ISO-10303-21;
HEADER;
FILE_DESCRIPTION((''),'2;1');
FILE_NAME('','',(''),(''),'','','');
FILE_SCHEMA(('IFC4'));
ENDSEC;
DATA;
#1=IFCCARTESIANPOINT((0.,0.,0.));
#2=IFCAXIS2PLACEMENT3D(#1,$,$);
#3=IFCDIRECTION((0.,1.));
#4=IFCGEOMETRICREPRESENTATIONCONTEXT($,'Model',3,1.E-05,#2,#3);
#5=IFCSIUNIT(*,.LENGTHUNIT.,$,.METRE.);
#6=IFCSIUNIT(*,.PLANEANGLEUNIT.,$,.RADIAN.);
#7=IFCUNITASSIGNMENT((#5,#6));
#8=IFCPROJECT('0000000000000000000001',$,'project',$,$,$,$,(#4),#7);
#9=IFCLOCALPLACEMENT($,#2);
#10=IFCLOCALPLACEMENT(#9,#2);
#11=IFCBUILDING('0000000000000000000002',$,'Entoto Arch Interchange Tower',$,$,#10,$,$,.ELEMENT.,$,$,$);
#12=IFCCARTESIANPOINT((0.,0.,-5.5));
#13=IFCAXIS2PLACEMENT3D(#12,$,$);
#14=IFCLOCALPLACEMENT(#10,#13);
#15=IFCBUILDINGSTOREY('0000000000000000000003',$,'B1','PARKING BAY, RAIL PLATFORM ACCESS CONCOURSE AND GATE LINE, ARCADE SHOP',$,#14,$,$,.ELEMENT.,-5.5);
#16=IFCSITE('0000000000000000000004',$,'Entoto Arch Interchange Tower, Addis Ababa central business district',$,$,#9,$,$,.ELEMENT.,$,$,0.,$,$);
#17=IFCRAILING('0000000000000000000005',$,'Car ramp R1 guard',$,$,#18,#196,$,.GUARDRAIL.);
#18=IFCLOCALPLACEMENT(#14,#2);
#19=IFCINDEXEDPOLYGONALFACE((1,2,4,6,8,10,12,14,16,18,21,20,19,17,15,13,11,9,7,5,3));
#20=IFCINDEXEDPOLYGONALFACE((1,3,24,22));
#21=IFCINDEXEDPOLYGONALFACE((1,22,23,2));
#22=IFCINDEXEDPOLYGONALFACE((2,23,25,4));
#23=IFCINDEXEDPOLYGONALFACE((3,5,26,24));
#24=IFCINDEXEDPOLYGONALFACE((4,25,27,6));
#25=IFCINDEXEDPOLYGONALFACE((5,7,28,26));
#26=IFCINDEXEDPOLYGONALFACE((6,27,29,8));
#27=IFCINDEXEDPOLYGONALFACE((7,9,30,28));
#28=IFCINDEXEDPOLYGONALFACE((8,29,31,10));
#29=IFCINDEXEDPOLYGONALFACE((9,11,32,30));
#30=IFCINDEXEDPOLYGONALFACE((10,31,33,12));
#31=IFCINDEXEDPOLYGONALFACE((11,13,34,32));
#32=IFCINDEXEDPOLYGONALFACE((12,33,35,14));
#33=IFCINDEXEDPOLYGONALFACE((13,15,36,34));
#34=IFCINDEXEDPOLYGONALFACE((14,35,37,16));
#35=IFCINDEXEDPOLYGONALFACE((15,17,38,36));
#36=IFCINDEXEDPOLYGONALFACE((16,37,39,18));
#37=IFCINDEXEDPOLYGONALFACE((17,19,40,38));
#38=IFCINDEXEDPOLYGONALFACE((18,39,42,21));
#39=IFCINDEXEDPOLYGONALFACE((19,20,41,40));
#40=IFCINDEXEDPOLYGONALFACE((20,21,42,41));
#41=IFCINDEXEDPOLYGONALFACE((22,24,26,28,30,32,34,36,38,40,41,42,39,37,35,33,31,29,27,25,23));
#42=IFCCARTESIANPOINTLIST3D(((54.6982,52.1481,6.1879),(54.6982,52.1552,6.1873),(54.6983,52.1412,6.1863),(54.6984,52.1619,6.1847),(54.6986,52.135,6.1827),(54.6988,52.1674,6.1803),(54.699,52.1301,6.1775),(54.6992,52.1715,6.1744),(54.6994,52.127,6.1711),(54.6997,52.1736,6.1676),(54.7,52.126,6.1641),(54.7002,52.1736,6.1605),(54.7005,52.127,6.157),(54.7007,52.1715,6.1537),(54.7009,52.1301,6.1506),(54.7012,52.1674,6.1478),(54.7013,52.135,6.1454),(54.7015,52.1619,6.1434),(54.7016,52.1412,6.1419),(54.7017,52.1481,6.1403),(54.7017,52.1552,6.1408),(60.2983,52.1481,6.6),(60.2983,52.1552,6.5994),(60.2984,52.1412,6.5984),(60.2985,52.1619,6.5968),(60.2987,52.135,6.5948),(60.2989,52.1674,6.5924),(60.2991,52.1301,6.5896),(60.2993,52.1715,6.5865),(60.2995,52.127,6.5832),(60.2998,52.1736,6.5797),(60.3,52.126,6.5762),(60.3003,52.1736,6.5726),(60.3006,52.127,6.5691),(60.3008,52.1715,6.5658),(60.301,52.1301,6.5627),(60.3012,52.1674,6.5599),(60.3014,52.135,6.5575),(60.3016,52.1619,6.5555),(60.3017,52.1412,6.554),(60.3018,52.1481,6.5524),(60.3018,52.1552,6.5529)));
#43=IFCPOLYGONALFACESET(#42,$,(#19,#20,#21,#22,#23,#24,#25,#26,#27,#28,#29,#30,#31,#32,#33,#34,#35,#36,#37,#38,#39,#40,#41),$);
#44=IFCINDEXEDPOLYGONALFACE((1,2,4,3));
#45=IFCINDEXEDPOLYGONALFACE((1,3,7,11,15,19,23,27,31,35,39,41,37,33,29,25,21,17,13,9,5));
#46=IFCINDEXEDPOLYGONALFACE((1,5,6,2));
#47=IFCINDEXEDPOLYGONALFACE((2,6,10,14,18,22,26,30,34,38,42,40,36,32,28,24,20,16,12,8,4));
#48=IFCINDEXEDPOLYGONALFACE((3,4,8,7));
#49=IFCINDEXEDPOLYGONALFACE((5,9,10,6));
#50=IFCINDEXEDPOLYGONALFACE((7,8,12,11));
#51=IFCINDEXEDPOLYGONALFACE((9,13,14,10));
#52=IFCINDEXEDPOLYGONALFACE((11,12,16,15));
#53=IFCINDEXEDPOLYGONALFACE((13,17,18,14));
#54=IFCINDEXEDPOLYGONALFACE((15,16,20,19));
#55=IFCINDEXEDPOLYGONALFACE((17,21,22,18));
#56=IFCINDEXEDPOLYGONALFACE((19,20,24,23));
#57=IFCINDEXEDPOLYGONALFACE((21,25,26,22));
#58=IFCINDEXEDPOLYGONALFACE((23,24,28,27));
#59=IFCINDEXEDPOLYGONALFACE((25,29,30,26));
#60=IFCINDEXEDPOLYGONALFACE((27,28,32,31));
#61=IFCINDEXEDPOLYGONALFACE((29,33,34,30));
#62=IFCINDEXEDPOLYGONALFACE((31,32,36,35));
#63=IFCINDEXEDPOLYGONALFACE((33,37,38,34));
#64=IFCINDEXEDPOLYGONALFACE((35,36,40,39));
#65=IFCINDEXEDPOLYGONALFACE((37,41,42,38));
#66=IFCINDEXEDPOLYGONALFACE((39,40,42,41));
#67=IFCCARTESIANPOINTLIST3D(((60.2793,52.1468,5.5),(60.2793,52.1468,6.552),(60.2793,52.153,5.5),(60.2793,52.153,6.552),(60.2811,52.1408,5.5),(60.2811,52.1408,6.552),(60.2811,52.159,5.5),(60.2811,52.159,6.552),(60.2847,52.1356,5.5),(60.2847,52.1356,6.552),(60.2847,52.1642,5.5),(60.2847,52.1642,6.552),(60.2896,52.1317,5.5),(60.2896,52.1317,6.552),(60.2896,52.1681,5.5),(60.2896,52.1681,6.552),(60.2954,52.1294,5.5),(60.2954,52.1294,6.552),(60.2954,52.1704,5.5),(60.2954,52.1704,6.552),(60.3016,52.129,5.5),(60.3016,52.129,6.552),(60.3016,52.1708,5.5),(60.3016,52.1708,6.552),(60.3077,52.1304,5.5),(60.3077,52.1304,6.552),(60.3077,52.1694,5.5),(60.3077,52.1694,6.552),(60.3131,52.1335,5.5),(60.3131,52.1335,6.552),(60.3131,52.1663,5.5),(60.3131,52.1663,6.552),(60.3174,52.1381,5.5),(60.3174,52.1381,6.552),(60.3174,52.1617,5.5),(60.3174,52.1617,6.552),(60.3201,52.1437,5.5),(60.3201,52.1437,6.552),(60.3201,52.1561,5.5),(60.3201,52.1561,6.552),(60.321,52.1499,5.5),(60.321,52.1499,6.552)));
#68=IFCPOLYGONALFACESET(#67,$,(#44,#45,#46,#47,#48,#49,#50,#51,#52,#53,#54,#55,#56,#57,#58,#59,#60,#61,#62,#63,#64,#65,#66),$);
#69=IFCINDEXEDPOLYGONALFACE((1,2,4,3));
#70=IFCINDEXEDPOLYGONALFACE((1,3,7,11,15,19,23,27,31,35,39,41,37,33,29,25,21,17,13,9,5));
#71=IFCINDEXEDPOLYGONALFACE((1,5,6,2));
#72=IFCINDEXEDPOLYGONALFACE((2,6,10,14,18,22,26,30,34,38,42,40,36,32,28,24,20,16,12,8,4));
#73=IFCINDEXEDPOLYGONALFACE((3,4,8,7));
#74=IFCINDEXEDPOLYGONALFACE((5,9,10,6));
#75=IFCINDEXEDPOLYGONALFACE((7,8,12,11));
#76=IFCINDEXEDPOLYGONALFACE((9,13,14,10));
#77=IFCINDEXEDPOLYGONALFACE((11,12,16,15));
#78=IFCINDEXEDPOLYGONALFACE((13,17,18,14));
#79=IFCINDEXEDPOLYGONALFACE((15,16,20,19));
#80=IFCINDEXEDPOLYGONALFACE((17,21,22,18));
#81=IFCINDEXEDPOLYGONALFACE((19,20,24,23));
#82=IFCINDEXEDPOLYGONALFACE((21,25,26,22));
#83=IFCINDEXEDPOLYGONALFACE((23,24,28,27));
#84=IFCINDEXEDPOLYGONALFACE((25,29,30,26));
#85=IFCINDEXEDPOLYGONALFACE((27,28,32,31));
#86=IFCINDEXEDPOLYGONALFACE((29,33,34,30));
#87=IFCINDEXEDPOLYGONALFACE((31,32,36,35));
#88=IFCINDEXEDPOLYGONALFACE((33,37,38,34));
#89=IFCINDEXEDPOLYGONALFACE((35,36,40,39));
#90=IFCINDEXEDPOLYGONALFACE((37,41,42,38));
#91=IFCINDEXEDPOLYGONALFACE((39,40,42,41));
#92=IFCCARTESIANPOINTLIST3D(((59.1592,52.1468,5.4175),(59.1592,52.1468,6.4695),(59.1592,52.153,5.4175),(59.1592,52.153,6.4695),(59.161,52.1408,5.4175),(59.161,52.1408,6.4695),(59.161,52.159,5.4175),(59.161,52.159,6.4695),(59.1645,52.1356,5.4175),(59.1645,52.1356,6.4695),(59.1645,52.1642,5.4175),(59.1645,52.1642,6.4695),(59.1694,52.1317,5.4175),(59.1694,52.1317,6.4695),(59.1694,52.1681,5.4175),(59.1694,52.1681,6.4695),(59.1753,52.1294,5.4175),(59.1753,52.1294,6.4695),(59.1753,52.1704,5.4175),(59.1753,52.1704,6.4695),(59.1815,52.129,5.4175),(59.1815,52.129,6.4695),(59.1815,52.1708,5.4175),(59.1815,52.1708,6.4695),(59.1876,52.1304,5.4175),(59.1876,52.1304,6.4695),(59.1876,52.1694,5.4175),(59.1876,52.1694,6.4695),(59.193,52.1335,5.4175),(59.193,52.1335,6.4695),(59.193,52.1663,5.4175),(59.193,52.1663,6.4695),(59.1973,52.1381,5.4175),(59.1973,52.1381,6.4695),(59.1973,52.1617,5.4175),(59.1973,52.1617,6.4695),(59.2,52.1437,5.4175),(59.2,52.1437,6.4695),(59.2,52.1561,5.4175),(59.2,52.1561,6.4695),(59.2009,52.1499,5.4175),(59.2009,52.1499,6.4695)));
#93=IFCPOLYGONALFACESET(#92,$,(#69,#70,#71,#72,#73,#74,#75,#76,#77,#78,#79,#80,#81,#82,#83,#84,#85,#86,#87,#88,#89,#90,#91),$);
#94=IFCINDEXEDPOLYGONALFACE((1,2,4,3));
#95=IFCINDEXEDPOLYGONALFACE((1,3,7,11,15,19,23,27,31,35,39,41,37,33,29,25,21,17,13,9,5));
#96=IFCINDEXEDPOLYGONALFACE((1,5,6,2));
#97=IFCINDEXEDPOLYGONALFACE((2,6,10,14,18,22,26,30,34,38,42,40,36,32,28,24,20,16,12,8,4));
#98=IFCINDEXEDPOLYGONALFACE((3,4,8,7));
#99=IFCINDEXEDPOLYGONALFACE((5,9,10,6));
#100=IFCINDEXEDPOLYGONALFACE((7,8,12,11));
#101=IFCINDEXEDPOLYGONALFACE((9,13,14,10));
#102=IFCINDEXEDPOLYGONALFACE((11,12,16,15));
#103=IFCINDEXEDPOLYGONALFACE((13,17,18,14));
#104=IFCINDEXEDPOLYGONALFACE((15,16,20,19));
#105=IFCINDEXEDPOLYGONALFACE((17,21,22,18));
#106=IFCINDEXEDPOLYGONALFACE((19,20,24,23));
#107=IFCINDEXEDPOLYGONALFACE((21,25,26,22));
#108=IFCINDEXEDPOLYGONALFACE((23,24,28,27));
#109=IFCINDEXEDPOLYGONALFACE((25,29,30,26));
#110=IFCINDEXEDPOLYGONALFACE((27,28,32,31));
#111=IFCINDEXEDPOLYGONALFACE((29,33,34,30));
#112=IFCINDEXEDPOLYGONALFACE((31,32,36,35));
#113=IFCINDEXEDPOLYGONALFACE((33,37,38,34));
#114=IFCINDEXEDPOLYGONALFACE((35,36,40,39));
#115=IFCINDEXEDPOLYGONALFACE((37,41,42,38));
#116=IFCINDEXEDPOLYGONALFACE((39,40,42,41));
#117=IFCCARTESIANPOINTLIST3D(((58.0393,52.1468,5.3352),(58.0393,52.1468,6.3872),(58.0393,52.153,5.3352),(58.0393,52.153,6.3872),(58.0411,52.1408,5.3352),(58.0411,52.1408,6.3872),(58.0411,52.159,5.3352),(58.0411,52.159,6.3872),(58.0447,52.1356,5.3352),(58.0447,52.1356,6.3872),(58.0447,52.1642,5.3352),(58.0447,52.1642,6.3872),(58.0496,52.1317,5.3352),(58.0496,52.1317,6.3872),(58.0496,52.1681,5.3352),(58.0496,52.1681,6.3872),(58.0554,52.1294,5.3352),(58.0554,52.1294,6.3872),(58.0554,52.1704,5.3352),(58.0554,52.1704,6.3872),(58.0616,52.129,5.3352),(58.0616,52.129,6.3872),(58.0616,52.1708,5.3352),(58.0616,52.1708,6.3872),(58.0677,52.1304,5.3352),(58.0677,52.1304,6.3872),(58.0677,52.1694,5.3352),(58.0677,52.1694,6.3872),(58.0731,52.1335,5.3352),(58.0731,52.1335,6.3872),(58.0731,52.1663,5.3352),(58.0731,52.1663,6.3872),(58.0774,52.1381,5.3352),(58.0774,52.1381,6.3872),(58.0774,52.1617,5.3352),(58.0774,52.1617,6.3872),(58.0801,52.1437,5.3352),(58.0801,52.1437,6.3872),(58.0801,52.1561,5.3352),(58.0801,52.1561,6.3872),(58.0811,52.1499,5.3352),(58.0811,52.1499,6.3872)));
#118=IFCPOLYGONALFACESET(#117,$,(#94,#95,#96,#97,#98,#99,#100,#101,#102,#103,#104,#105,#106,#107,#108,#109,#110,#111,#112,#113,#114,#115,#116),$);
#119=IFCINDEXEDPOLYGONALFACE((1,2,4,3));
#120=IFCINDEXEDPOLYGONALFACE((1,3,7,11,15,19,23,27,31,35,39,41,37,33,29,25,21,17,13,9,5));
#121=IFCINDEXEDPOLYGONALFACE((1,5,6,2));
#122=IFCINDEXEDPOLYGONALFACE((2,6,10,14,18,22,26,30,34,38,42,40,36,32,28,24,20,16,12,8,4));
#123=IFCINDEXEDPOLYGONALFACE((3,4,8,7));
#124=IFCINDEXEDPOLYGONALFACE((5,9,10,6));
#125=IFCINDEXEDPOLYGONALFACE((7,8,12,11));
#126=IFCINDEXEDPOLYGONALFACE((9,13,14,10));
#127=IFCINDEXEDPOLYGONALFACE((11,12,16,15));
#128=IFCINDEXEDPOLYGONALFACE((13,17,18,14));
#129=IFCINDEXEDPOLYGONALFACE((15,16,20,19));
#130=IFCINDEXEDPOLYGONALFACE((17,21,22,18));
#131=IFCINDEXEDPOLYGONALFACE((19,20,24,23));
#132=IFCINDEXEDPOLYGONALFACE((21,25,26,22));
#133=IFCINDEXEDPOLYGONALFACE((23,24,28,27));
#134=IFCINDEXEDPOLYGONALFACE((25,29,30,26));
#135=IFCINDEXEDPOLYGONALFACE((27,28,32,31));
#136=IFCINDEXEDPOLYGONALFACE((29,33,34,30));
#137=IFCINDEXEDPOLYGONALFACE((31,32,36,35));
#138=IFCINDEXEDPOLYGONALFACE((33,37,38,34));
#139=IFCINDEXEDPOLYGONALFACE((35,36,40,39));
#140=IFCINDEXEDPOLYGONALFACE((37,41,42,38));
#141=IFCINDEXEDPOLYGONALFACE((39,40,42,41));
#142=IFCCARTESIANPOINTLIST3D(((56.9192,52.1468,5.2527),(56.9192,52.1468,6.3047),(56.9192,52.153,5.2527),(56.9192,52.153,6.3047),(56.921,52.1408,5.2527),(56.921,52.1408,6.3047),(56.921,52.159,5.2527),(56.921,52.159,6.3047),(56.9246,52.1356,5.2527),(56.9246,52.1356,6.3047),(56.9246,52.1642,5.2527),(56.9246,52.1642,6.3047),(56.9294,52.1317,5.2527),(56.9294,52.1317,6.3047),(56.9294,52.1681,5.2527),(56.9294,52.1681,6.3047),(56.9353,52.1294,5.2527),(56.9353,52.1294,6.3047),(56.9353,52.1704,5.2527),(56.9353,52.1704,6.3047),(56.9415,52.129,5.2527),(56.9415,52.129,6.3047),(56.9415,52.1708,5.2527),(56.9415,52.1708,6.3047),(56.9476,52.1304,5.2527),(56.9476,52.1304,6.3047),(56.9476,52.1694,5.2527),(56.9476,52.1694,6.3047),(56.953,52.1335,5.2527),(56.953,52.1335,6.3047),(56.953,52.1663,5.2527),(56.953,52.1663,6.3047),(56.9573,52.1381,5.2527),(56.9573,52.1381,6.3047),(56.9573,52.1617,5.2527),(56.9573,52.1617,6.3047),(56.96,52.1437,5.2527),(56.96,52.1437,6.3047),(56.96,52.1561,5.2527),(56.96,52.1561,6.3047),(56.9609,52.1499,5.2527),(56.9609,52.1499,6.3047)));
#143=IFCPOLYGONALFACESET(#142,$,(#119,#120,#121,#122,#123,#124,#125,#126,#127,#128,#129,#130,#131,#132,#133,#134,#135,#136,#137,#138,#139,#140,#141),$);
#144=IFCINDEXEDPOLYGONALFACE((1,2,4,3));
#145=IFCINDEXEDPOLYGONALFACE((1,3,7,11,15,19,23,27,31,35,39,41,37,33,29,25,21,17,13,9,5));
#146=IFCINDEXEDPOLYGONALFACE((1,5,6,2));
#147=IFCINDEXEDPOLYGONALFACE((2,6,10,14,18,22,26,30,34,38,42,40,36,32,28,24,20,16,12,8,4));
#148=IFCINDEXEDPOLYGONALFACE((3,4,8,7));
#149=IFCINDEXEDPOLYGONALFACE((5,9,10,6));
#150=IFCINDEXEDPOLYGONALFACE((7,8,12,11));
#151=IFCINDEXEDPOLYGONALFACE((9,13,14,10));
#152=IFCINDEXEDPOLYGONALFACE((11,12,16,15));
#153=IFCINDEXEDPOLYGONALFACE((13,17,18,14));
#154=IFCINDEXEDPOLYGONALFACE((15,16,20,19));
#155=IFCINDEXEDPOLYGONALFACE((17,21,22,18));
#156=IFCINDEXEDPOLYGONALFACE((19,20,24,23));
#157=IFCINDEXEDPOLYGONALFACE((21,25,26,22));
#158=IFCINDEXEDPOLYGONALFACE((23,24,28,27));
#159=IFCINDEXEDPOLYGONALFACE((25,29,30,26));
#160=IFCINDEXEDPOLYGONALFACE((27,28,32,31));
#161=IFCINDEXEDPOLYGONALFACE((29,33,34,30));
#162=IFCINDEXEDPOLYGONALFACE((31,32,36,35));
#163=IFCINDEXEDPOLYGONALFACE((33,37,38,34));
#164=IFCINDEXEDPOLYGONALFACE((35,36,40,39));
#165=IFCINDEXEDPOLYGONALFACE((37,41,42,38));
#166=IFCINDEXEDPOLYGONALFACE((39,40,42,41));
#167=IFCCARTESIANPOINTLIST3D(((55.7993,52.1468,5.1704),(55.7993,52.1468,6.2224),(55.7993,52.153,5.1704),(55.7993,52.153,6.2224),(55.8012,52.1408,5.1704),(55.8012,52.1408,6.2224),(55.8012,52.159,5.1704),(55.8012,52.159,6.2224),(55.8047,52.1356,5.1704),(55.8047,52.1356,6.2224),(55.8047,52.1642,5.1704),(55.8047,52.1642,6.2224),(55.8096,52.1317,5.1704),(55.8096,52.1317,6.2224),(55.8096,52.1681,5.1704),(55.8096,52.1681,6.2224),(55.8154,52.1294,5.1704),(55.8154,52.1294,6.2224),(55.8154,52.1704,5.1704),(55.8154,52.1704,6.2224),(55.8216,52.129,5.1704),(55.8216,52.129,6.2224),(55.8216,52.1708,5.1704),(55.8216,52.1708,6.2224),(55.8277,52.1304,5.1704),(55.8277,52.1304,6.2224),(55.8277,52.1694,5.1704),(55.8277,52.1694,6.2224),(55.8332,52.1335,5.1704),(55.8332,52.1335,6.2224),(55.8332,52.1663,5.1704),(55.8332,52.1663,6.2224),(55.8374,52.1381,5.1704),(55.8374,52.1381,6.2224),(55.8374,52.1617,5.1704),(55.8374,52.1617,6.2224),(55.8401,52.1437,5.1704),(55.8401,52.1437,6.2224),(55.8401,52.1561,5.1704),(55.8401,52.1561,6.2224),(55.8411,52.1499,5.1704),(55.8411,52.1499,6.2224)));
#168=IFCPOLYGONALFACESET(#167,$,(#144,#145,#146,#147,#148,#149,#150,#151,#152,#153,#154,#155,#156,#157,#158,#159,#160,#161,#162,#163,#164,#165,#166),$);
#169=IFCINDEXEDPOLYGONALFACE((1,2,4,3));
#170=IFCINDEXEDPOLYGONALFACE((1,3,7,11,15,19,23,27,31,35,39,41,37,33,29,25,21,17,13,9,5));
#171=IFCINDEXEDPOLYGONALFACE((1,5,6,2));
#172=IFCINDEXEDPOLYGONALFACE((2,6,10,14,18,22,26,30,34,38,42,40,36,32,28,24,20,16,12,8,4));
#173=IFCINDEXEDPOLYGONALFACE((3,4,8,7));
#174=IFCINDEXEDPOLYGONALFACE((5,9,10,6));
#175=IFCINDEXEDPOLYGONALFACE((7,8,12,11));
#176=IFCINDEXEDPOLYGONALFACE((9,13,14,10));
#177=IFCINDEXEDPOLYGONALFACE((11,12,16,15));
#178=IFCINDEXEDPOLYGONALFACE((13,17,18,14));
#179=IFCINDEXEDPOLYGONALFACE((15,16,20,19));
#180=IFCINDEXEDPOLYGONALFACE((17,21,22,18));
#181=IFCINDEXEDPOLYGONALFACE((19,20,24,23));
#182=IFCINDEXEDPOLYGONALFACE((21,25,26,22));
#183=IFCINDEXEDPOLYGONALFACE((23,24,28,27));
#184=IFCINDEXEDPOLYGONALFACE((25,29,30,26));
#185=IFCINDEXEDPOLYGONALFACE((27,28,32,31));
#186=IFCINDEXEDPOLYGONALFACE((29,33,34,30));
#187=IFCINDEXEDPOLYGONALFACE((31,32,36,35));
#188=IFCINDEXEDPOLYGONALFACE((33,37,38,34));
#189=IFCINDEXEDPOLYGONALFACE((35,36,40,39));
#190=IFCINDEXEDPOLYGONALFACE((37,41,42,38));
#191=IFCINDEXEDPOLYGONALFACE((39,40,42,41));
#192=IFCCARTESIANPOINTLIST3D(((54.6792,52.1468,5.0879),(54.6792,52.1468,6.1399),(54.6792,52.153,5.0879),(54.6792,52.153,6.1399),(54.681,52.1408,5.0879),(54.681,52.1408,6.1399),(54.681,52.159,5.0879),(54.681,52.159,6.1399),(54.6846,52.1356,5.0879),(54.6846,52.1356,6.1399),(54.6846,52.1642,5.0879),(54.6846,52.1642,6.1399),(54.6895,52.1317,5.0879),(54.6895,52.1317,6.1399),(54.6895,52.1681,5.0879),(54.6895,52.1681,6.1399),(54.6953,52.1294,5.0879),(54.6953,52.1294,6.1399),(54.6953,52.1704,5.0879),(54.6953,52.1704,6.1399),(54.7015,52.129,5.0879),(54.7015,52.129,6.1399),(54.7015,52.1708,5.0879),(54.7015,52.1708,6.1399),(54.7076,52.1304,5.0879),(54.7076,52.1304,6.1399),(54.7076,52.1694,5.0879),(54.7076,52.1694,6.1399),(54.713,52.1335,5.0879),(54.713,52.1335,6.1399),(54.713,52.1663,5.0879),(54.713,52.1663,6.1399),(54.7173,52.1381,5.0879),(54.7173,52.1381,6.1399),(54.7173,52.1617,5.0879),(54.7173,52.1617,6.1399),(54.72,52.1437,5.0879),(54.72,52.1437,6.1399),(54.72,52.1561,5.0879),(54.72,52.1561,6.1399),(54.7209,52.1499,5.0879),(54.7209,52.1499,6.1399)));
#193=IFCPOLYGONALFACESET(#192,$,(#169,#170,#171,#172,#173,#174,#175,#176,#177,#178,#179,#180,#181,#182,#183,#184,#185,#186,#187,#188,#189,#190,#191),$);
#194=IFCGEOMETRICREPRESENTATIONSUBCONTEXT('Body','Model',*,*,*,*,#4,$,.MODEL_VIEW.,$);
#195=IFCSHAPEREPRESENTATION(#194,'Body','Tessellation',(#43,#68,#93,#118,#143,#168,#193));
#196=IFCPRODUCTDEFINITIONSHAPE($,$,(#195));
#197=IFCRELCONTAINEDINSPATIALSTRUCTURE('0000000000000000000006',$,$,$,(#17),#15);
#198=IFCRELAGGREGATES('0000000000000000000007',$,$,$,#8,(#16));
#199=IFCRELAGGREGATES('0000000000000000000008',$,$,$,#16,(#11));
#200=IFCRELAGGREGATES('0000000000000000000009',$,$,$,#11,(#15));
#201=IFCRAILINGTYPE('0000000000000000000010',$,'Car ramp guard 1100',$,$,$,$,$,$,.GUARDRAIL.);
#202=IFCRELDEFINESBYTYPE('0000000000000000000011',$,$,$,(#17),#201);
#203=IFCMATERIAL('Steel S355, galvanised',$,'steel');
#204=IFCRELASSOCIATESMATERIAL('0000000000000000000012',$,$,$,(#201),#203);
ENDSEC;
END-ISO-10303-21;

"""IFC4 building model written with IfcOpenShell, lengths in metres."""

from ifc_helpers import new_model, si_unit, direction, frame, origin, origin_2d, place, context, subcontext, project, spatial, circle, extrude, material, type_object, element, save


model = new_model("IFC4")

# Units and contexts
model_context = context("Model", 3, precision=1e-05, world=origin(), true_north=direction((0.0, 1.0)))
body_context = subcontext(model_context, "Body", "Model", "MODEL_VIEW")
ifc_project = project(units=[si_unit("LENGTHUNIT", "METRE"), si_unit("PLANEANGLEUNIT", "RADIAN")], contexts=[model_context])

# Site, building, storey
site_placement = place(None, origin())
site = spatial("IfcSite", under=ifc_project, at=site_placement, Name="Entoto Arch Interchange Tower, Addis Ababa central business district", CompositionType="ELEMENT", RefElevation=0.0)
building_placement = place(site_placement, origin())
building = spatial("IfcBuilding", under=site, at=building_placement, Name="Entoto Arch Interchange Tower", CompositionType="ELEMENT")
storey_placement = place(building_placement, frame((0.0, 0.0, -5.5)))
storey = spatial("IfcBuildingStorey", under=building, at=storey_placement, Name="B1", Description="PARKING BAY, RAIL PLATFORM ACCESS CONCOURSE AND GATE LINE, ARCADE SHOP", CompositionType="ELEMENT", Elevation=-5.5)

# Railing
ifc_material_1 = material(Name="Steel S355, galvanised", Category="steel")
railing_type = type_object("IfcRailingType", Name="Car ramp guard 1100", PredefinedType="GUARDRAIL", material=ifc_material_1)
for number, where, name in (
    (1, (60.3, 52.1499, 5.5), "Car ramp R1 guard"),
):
    element("IfcRailing", number, at=place(storey_placement, frame(where)), inside=storey, type_object=railing_type, Name=name, PredefinedType="GUARDRAIL", context=body_context, shape_type="SweptSolid", body=[
        extrude(circle(Radius=0.0239, at=origin_2d()), frame((0.0, 0.0, 1.0762), z_axis=(-0.997303, 0.0, -0.073391), x_axis=(0.0, -1.0, 0.0)), (0.0, 0.0, 1.0), 5.6152),
        extrude(circle(Radius=0.021, at=origin_2d()), origin(), (0.0, 0.0, 1.0), 1.052),
        extrude(circle(Radius=0.021, at=origin_2d()), frame((-1.1201, 0.0, -0.0825)), (0.0, 0.0, 1.0), 1.052),
        extrude(circle(Radius=0.021, at=origin_2d()), frame((-2.24, 0.0, -0.1648)), (0.0, 0.0, 1.0), 1.052),
        extrude(circle(Radius=0.021, at=origin_2d()), frame((-3.3601, 0.0, -0.2473)), (0.0, 0.0, 1.0), 1.052),
        extrude(circle(Radius=0.021, at=origin_2d()), frame((-4.48, 0.0, -0.3296)), (0.0, 0.0, 1.0), 1.052),
        extrude(circle(Radius=0.021, at=origin_2d()), frame((-5.6001, 0.0, -0.4121)), (0.0, 0.0, 1.0), 1.052),
    ])

save(model, "model.ifc")
